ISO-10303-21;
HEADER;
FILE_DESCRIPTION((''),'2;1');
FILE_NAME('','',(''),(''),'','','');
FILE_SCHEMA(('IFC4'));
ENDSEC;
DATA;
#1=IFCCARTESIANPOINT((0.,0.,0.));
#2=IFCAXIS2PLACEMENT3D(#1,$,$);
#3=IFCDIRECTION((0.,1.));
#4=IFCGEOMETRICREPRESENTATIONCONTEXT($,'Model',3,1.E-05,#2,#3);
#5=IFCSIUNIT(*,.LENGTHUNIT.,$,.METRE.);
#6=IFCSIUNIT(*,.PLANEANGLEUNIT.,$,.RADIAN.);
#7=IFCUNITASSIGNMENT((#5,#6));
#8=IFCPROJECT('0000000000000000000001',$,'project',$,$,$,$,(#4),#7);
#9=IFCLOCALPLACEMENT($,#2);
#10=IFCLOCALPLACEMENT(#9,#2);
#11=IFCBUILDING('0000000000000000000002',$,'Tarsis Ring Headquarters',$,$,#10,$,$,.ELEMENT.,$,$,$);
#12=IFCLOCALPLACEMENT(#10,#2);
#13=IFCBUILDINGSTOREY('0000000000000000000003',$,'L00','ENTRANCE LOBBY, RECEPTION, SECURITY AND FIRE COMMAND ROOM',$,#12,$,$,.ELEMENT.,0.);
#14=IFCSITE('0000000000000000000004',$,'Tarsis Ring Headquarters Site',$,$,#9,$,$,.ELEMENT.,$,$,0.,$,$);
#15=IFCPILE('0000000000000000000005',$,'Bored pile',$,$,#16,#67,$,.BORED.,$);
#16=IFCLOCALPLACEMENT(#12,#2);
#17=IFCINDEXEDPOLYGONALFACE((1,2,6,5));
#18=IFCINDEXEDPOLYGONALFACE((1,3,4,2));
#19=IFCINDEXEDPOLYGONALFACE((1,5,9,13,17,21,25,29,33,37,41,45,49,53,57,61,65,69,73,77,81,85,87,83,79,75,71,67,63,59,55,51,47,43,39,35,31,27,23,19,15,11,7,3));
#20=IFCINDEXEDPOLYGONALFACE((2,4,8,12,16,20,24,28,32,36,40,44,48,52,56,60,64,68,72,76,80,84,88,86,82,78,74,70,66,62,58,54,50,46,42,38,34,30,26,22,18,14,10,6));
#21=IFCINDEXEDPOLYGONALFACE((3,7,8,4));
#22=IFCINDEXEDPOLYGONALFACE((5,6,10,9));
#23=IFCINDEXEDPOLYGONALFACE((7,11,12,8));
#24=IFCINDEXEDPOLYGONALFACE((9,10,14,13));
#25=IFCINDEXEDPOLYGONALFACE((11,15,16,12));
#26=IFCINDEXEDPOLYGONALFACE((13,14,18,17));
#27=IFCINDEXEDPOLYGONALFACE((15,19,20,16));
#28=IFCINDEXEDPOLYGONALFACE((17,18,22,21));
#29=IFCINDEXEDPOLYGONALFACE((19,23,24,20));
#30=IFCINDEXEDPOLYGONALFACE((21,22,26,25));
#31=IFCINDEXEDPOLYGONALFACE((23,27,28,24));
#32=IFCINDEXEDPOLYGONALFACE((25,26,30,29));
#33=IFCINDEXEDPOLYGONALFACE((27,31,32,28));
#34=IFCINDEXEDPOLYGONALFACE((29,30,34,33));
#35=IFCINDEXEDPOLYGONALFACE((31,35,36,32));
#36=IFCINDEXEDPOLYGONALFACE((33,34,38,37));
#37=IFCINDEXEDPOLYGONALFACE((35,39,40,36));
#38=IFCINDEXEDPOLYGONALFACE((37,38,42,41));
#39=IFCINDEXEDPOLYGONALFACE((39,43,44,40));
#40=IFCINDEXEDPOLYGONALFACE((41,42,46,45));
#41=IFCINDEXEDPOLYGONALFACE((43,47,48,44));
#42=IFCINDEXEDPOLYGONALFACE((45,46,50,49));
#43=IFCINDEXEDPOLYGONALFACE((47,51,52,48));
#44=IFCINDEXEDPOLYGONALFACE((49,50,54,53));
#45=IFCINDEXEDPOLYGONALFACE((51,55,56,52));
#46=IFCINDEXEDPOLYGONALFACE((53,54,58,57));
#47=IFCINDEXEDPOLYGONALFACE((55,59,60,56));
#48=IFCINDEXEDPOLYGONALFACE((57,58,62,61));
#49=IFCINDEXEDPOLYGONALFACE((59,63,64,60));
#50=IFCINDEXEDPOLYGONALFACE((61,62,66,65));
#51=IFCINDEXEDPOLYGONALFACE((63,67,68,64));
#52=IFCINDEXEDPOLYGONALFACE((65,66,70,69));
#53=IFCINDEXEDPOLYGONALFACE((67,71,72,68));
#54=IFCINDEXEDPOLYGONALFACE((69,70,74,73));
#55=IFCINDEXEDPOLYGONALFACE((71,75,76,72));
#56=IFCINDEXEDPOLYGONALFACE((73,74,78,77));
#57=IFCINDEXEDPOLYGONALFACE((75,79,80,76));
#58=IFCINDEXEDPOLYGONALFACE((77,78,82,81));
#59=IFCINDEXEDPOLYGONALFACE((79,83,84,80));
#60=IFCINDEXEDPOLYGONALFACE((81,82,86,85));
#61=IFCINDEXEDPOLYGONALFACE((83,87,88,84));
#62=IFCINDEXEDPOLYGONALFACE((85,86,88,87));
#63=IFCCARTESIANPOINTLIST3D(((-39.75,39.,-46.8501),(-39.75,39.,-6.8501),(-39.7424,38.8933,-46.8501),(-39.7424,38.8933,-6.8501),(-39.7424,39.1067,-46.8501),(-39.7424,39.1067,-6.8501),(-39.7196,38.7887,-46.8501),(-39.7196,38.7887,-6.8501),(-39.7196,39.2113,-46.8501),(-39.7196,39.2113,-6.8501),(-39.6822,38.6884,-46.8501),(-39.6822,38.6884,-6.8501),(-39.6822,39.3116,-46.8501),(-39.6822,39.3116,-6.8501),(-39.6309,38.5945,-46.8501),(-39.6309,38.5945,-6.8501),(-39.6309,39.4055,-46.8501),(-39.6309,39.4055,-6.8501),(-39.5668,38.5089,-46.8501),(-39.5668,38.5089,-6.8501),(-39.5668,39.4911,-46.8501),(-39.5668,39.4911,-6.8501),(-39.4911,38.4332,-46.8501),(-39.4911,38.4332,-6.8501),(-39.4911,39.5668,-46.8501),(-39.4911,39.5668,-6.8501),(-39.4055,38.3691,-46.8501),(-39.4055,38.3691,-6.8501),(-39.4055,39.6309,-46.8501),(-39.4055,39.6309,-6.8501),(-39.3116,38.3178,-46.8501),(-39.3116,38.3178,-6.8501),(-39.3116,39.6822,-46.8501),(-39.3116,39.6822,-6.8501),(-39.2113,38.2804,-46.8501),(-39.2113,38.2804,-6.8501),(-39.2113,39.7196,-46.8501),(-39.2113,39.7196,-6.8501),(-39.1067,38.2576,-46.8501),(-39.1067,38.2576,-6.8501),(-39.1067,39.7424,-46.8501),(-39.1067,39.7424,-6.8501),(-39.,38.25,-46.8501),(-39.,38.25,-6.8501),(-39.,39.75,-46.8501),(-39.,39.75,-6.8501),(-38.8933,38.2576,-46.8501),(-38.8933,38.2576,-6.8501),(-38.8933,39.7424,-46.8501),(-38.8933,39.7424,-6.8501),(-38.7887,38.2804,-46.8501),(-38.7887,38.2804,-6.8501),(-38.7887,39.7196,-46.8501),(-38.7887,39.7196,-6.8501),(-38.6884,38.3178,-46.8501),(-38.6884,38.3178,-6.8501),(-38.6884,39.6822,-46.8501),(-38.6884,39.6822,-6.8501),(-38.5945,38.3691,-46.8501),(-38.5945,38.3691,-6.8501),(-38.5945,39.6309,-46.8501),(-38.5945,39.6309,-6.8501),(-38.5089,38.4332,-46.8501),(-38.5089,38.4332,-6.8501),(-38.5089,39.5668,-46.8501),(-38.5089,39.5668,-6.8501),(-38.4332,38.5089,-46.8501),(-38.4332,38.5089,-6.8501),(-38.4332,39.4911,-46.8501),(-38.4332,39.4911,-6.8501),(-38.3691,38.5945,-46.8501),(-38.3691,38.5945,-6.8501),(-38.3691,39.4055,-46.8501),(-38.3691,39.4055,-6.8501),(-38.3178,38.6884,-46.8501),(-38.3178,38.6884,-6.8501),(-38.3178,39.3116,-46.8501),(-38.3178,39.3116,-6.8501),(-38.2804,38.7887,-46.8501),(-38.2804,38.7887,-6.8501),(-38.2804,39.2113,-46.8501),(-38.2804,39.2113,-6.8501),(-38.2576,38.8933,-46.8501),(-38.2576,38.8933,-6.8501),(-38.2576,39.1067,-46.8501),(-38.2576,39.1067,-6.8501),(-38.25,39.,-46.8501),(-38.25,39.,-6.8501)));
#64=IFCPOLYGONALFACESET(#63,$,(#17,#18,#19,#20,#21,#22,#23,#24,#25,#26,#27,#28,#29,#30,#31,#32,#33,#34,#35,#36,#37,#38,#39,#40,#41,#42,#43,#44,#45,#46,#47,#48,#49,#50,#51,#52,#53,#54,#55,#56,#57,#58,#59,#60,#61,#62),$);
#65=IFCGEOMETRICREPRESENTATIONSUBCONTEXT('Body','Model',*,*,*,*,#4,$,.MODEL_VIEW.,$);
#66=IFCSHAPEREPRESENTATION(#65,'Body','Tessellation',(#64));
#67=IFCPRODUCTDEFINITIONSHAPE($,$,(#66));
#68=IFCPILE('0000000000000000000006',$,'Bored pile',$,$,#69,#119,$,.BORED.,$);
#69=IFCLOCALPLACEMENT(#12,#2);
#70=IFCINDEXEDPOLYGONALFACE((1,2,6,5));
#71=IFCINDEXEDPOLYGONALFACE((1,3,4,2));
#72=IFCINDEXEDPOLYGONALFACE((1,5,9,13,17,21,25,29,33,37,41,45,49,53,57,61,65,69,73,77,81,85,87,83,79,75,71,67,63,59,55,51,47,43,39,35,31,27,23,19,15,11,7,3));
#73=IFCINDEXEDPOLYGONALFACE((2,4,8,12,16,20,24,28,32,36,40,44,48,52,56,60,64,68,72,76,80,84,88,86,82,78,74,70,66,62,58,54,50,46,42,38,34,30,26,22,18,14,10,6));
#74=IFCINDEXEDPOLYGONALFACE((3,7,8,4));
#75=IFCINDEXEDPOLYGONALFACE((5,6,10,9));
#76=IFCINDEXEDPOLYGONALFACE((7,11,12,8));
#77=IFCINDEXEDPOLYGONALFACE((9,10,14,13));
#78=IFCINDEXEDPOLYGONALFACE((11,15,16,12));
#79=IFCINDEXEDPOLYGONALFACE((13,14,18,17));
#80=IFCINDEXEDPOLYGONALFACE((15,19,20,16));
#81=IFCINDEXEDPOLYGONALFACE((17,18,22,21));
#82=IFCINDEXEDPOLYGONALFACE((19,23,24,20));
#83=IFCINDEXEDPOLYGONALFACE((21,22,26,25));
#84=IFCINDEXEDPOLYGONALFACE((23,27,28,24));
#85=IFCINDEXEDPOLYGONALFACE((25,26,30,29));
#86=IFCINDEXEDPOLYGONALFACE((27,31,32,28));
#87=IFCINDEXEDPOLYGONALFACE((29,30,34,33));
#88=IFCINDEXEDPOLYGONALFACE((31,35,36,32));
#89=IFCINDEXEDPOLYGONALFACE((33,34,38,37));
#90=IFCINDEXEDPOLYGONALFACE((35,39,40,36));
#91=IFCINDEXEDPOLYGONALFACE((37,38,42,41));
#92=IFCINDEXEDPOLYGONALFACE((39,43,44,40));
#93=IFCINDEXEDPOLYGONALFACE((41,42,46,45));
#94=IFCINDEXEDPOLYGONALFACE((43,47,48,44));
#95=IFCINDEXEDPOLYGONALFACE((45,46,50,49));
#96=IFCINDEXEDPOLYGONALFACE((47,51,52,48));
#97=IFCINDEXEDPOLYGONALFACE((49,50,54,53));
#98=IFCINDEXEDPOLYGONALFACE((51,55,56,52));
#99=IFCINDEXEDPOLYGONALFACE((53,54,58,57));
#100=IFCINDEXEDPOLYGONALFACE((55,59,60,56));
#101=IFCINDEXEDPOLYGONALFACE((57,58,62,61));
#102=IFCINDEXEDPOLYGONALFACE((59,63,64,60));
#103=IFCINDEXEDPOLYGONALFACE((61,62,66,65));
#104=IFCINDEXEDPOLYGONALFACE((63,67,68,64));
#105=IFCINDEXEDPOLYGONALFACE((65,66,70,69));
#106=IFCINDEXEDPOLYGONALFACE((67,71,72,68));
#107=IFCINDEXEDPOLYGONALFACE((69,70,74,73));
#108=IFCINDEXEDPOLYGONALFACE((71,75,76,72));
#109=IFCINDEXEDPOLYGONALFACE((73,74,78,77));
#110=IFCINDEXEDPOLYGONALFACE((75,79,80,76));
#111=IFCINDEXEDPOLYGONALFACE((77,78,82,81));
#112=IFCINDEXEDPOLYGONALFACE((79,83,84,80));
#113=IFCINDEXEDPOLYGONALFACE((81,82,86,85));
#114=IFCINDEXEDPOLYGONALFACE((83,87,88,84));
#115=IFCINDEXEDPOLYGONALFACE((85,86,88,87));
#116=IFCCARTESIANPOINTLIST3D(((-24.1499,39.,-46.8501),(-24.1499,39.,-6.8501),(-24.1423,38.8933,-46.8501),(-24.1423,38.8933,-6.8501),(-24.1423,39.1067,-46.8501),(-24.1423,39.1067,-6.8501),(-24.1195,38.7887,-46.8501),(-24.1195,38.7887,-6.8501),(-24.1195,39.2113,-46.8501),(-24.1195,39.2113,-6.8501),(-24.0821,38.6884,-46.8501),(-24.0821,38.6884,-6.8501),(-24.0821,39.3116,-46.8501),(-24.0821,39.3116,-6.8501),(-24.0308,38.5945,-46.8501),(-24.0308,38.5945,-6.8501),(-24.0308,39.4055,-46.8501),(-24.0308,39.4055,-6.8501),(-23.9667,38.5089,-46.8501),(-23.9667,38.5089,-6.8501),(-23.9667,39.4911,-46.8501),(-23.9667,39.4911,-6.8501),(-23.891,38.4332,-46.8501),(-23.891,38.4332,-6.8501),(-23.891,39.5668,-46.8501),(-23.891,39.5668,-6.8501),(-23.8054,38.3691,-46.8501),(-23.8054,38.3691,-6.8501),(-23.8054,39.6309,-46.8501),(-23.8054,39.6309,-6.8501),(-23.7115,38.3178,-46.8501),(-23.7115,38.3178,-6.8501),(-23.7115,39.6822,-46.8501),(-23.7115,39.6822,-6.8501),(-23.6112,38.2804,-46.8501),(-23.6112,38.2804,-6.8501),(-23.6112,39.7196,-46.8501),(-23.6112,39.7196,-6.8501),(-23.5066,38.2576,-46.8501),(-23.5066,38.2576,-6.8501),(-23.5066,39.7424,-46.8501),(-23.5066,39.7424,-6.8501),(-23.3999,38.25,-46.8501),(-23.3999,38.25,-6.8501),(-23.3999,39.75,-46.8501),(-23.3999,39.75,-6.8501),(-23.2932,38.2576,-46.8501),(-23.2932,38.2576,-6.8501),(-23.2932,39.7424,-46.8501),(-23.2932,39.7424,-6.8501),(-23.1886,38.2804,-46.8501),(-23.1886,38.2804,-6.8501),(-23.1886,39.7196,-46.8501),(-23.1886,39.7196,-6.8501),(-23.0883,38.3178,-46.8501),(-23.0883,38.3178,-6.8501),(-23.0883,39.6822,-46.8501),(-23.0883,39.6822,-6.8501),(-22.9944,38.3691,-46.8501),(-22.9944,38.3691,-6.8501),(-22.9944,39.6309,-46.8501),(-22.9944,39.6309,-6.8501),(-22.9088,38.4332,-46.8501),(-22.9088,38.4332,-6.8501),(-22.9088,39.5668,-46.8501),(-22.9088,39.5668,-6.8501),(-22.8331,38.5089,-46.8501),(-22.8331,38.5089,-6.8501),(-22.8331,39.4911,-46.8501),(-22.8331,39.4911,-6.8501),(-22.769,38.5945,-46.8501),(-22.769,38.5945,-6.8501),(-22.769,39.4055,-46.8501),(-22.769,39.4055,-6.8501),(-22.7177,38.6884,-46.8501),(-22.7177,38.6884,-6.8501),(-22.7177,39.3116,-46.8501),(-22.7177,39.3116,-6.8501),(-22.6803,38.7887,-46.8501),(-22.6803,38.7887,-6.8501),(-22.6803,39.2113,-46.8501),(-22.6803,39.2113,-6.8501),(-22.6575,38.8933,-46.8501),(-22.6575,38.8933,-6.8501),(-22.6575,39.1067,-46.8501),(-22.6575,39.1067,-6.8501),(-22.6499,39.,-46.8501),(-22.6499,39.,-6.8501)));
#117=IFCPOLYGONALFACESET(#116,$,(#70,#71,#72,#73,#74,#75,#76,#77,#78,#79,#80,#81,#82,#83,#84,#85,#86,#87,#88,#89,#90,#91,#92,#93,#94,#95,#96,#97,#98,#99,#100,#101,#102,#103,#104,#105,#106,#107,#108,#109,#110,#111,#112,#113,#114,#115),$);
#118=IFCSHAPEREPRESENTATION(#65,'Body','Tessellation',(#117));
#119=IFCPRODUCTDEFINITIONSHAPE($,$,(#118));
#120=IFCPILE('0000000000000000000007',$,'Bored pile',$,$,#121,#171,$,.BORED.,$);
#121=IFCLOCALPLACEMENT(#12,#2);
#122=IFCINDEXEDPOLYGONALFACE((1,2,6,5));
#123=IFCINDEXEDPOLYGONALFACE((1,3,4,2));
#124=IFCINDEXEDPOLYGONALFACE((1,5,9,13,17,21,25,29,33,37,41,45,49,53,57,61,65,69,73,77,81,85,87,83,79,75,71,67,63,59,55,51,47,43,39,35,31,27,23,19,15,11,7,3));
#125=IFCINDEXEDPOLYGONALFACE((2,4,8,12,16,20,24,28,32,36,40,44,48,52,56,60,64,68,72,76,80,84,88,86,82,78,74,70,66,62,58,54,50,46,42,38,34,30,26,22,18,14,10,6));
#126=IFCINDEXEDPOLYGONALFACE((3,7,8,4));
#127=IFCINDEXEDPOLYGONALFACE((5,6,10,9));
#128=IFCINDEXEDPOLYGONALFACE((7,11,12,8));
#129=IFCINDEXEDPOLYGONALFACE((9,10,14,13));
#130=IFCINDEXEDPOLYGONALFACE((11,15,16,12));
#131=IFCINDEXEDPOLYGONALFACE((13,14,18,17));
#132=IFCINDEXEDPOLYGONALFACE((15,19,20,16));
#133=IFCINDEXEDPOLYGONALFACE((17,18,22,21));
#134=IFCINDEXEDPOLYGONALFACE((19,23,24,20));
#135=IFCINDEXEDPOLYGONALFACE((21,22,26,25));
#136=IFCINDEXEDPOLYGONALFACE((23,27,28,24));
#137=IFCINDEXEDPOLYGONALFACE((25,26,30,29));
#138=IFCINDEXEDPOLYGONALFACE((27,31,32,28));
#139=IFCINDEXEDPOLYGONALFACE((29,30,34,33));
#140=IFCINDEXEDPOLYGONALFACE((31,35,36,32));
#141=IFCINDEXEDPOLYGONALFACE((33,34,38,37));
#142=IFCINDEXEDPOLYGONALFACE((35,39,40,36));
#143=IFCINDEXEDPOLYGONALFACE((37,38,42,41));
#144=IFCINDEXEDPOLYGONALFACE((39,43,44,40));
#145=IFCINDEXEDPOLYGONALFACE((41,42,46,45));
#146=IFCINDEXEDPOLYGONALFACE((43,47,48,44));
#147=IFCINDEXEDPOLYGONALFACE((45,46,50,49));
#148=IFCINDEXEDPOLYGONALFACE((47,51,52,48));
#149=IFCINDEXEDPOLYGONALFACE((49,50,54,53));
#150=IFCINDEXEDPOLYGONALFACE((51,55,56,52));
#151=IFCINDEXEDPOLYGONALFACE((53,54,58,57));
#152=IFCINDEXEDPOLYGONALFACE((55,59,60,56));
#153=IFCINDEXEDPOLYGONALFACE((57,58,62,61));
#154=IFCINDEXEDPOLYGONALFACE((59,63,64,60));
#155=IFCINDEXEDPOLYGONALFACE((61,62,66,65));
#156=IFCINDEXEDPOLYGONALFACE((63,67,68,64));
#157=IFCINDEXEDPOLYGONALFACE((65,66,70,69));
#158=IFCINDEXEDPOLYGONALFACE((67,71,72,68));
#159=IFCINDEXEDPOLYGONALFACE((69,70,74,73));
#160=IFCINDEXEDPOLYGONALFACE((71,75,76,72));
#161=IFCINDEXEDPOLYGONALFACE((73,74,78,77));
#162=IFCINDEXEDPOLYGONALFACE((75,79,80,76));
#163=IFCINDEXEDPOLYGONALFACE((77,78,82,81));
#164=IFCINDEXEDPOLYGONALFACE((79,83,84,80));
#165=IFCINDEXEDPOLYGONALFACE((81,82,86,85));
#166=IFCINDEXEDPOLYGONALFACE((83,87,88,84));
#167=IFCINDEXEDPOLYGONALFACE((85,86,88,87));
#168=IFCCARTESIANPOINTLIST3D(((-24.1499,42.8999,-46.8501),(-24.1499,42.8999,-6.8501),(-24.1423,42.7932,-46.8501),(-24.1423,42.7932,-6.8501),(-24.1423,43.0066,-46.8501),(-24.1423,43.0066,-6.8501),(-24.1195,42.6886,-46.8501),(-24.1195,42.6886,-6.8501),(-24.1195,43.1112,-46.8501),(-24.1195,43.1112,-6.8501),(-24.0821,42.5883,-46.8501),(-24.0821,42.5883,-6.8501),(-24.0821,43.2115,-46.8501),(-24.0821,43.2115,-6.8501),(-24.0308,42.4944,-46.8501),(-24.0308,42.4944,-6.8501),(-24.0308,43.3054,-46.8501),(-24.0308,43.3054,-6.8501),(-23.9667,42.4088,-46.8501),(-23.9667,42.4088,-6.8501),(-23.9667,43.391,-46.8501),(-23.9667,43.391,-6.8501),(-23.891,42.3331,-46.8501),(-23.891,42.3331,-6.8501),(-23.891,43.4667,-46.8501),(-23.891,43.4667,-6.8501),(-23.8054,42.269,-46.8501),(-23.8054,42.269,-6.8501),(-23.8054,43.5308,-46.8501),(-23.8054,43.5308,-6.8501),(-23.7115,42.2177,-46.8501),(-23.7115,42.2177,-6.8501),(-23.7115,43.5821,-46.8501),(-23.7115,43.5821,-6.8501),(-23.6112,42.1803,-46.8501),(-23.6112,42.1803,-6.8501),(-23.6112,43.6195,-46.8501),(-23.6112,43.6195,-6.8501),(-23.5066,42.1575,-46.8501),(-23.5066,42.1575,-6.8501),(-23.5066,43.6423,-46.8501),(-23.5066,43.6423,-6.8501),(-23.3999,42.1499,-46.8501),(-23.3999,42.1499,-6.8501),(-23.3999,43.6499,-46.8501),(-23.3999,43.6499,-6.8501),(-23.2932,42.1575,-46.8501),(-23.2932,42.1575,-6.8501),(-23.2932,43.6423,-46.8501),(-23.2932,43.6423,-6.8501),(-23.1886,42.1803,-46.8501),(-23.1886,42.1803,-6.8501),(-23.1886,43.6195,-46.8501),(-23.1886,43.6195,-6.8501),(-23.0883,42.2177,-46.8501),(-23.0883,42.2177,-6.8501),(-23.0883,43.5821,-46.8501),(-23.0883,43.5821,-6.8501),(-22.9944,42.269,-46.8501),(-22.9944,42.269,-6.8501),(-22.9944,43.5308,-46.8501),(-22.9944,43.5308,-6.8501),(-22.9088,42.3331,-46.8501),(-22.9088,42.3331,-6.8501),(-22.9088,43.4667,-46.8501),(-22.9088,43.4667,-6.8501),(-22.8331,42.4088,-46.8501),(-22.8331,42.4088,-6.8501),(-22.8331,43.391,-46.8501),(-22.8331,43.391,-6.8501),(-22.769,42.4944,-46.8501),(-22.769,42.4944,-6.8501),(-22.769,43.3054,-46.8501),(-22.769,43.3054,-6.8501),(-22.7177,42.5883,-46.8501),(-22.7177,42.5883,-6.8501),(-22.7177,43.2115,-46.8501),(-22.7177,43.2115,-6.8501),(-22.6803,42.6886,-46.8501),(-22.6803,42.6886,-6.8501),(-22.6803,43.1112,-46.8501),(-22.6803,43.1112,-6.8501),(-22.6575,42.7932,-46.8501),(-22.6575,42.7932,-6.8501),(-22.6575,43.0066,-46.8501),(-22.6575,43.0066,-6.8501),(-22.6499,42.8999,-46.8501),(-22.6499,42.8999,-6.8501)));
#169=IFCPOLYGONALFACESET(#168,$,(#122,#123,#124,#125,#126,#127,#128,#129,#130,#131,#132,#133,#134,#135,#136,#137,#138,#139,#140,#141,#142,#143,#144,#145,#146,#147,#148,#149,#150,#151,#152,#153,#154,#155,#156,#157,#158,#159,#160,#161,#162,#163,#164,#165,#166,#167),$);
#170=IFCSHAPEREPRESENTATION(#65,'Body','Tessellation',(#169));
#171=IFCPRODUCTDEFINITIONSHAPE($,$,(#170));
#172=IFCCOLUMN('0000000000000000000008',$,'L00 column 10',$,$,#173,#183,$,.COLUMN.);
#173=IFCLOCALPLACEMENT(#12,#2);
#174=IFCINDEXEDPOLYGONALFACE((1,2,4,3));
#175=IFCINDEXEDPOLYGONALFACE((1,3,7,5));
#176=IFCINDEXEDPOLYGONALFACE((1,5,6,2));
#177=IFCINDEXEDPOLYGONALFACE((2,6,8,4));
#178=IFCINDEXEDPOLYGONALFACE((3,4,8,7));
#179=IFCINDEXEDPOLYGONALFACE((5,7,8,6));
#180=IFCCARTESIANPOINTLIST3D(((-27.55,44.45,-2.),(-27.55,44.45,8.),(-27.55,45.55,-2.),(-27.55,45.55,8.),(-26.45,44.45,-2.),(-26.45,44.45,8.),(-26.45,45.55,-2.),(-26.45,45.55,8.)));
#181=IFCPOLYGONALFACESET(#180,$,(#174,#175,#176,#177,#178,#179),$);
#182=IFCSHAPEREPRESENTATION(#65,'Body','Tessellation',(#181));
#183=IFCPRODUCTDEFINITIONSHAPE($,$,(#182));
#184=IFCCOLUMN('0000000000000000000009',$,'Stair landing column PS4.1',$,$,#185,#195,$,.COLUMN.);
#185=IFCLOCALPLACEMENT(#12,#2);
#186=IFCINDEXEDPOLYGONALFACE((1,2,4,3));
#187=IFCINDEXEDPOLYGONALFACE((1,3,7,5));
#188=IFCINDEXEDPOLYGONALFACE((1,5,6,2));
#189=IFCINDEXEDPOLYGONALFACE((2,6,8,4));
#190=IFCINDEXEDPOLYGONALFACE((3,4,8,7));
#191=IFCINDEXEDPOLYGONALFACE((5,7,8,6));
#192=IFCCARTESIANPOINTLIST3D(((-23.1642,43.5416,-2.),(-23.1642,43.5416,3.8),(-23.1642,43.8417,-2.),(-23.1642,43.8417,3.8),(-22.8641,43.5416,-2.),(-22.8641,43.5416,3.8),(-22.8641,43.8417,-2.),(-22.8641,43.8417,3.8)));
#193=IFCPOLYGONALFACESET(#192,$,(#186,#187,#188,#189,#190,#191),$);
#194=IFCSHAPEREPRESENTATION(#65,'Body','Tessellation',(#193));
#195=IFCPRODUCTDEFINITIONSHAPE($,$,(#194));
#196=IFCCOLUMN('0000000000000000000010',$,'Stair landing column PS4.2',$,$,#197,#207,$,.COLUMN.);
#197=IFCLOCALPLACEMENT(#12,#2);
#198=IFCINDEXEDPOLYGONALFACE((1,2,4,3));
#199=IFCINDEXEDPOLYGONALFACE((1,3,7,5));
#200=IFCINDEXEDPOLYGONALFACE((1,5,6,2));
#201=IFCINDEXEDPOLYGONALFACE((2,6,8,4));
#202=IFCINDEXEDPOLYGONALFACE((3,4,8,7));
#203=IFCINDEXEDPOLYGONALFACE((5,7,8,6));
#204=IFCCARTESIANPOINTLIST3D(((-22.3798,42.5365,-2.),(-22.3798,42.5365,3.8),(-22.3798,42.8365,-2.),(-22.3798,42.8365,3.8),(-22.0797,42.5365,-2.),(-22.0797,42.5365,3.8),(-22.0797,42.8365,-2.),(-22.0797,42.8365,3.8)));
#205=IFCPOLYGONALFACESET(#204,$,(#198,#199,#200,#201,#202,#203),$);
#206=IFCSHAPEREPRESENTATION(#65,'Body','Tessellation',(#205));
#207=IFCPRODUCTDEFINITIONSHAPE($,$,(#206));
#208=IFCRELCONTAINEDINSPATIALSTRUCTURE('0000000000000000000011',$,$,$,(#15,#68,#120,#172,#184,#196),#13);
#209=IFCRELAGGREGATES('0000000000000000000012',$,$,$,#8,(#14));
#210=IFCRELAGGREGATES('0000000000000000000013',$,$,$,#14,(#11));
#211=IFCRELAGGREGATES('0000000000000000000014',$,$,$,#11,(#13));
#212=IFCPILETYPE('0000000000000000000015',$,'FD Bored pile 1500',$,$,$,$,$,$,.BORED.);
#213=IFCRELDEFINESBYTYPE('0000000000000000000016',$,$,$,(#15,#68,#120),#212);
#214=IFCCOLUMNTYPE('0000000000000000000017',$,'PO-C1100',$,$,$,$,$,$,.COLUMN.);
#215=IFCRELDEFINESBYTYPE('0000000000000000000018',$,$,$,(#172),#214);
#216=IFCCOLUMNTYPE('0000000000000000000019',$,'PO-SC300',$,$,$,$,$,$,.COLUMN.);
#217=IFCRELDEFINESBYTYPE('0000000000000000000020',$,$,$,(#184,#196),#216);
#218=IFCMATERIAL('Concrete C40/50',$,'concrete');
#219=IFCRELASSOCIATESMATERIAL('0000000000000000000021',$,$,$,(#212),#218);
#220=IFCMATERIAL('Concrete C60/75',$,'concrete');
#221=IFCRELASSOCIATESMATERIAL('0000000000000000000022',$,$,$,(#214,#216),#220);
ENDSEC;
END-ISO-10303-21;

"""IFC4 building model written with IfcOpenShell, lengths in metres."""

from ifc_helpers import new_model, si_unit, direction, frame, origin, origin_2d, place, context, subcontext, project, spatial, rectangle, circle, extrude, material, material_profile, profile_set, type_object, element, save


model = new_model("IFC4")

# Units and contexts
model_context = context("Model", 3, precision=1e-05, world=origin(), true_north=direction((0.0, 1.0)))
body_context = subcontext(model_context, "Body", "Model", "MODEL_VIEW")
ifc_project = project(units=[si_unit("LENGTHUNIT", "METRE"), si_unit("PLANEANGLEUNIT", "RADIAN")], contexts=[model_context])

# Site, building, storey
site_placement = place(None, origin())
site = spatial("IfcSite", under=ifc_project, at=site_placement, Name="Tarsis Ring Headquarters Site", CompositionType="ELEMENT", RefElevation=0.0)
building_placement = place(site_placement, origin())
building = spatial("IfcBuilding", under=site, at=building_placement, Name="Tarsis Ring Headquarters", CompositionType="ELEMENT")
storey_placement = place(building_placement, origin())
storey = spatial("IfcBuildingStorey", under=building, at=storey_placement, Name="L00", Description="ENTRANCE LOBBY, RECEPTION, SECURITY AND FIRE COMMAND ROOM", CompositionType="ELEMENT", Elevation=0.0)

# Piles
ifc_material_1 = material(Name="Concrete C40/50", Category="concrete")
ifc_material_profile_1 = material_profile(ifc_material_1, circle(Radius=0.75, at=origin_2d()), Name="BORED 1500")
ifc_profile_set_1 = profile_set([ifc_material_profile_1], Name="Concrete C40/50")
pile_type_1 = type_object("IfcPileType", Name="FD Bored pile 1500", PredefinedType="BORED", material=ifc_profile_set_1)
for number, where, z_axis, x_axis, name in (
    (1, (-39.0, 39.0, -6.8501), (0.0, 0.0, -1.0), (1.0, 0.0, 0.0), "Bored pile"),
    (2, (-23.3999, 39.0, -6.8501), (0.0, 0.0, -1.0), (1.0, 0.0, 0.0), "Bored pile"),
    (3, (-23.3999, 42.8999, -6.8501), (0.0, 0.0, -1.0), (1.0, 0.0, 0.0), "Bored pile"),
):
    element("IfcPile", number, at=place(storey_placement, frame(where, z_axis=z_axis, x_axis=x_axis)), inside=storey, type_object=pile_type_1, Name=name, PredefinedType="BORED", context=body_context, shape_type="SweptSolid", body=[
        extrude(circle(Radius=0.75, at=origin_2d()), origin(), (0.0, 0.0, 1.0), 40.0),
    ])

# Columns
ifc_material_2 = material(Name="Concrete C60/75", Category="concrete")
ifc_material_profile_2 = material_profile(ifc_material_2, rectangle(XDim=1.1001, YDim=1.1001, at=origin_2d()), Name="PO-C1100")
ifc_profile_set_2 = profile_set([ifc_material_profile_2], Name="Concrete C60/75")
column_type_1 = type_object("IfcColumnType", Name="PO-C1100", PredefinedType="COLUMN", material=ifc_profile_set_2)
column_placement = place(storey_placement, frame((-27.0, 45.0, -2.0), z_axis=(0.0, 0.0, 1.0), x_axis=(1.0, 0.0, 0.0)))
element("IfcColumn", 4, at=column_placement, inside=storey, type_object=column_type_1, Name="L00 column 10", PredefinedType="COLUMN", context=body_context, shape_type="SweptSolid", body=[
    extrude(rectangle(XDim=1.1001, YDim=1.1001, at=origin_2d()), origin(), (0.0, 0.0, 1.0), 10.0),
])
ifc_material_profile_3 = material_profile(ifc_material_2, rectangle(XDim=0.3, YDim=0.3, at=origin_2d()), Name="PO-SC300")
ifc_profile_set_3 = profile_set([ifc_material_profile_3], Name="Concrete C60/75")
column_type_2 = type_object("IfcColumnType", Name="PO-SC300", PredefinedType="COLUMN", material=ifc_profile_set_3)
for number, where, z_axis, x_axis, name in (
    (5, (-23.0142, 43.6917, -2.0), (0.0, 0.0, 1.0), (1.0, 0.0, 0.0), "Stair landing column PS4.1"),
    (6, (-22.2297, 42.6865, -2.0), (0.0, 0.0, 1.0), (1.0, 0.0, 0.0), "Stair landing column PS4.2"),
):
    element("IfcColumn", number, at=place(storey_placement, frame(where, z_axis=z_axis, x_axis=x_axis)), inside=storey, type_object=column_type_2, Name=name, PredefinedType="COLUMN", context=body_context, shape_type="SweptSolid", body=[
        extrude(rectangle(XDim=0.3, YDim=0.3, at=origin_2d()), origin(), (0.0, 0.0, 1.0), 5.8),
    ])

save(model, "model.ifc")
